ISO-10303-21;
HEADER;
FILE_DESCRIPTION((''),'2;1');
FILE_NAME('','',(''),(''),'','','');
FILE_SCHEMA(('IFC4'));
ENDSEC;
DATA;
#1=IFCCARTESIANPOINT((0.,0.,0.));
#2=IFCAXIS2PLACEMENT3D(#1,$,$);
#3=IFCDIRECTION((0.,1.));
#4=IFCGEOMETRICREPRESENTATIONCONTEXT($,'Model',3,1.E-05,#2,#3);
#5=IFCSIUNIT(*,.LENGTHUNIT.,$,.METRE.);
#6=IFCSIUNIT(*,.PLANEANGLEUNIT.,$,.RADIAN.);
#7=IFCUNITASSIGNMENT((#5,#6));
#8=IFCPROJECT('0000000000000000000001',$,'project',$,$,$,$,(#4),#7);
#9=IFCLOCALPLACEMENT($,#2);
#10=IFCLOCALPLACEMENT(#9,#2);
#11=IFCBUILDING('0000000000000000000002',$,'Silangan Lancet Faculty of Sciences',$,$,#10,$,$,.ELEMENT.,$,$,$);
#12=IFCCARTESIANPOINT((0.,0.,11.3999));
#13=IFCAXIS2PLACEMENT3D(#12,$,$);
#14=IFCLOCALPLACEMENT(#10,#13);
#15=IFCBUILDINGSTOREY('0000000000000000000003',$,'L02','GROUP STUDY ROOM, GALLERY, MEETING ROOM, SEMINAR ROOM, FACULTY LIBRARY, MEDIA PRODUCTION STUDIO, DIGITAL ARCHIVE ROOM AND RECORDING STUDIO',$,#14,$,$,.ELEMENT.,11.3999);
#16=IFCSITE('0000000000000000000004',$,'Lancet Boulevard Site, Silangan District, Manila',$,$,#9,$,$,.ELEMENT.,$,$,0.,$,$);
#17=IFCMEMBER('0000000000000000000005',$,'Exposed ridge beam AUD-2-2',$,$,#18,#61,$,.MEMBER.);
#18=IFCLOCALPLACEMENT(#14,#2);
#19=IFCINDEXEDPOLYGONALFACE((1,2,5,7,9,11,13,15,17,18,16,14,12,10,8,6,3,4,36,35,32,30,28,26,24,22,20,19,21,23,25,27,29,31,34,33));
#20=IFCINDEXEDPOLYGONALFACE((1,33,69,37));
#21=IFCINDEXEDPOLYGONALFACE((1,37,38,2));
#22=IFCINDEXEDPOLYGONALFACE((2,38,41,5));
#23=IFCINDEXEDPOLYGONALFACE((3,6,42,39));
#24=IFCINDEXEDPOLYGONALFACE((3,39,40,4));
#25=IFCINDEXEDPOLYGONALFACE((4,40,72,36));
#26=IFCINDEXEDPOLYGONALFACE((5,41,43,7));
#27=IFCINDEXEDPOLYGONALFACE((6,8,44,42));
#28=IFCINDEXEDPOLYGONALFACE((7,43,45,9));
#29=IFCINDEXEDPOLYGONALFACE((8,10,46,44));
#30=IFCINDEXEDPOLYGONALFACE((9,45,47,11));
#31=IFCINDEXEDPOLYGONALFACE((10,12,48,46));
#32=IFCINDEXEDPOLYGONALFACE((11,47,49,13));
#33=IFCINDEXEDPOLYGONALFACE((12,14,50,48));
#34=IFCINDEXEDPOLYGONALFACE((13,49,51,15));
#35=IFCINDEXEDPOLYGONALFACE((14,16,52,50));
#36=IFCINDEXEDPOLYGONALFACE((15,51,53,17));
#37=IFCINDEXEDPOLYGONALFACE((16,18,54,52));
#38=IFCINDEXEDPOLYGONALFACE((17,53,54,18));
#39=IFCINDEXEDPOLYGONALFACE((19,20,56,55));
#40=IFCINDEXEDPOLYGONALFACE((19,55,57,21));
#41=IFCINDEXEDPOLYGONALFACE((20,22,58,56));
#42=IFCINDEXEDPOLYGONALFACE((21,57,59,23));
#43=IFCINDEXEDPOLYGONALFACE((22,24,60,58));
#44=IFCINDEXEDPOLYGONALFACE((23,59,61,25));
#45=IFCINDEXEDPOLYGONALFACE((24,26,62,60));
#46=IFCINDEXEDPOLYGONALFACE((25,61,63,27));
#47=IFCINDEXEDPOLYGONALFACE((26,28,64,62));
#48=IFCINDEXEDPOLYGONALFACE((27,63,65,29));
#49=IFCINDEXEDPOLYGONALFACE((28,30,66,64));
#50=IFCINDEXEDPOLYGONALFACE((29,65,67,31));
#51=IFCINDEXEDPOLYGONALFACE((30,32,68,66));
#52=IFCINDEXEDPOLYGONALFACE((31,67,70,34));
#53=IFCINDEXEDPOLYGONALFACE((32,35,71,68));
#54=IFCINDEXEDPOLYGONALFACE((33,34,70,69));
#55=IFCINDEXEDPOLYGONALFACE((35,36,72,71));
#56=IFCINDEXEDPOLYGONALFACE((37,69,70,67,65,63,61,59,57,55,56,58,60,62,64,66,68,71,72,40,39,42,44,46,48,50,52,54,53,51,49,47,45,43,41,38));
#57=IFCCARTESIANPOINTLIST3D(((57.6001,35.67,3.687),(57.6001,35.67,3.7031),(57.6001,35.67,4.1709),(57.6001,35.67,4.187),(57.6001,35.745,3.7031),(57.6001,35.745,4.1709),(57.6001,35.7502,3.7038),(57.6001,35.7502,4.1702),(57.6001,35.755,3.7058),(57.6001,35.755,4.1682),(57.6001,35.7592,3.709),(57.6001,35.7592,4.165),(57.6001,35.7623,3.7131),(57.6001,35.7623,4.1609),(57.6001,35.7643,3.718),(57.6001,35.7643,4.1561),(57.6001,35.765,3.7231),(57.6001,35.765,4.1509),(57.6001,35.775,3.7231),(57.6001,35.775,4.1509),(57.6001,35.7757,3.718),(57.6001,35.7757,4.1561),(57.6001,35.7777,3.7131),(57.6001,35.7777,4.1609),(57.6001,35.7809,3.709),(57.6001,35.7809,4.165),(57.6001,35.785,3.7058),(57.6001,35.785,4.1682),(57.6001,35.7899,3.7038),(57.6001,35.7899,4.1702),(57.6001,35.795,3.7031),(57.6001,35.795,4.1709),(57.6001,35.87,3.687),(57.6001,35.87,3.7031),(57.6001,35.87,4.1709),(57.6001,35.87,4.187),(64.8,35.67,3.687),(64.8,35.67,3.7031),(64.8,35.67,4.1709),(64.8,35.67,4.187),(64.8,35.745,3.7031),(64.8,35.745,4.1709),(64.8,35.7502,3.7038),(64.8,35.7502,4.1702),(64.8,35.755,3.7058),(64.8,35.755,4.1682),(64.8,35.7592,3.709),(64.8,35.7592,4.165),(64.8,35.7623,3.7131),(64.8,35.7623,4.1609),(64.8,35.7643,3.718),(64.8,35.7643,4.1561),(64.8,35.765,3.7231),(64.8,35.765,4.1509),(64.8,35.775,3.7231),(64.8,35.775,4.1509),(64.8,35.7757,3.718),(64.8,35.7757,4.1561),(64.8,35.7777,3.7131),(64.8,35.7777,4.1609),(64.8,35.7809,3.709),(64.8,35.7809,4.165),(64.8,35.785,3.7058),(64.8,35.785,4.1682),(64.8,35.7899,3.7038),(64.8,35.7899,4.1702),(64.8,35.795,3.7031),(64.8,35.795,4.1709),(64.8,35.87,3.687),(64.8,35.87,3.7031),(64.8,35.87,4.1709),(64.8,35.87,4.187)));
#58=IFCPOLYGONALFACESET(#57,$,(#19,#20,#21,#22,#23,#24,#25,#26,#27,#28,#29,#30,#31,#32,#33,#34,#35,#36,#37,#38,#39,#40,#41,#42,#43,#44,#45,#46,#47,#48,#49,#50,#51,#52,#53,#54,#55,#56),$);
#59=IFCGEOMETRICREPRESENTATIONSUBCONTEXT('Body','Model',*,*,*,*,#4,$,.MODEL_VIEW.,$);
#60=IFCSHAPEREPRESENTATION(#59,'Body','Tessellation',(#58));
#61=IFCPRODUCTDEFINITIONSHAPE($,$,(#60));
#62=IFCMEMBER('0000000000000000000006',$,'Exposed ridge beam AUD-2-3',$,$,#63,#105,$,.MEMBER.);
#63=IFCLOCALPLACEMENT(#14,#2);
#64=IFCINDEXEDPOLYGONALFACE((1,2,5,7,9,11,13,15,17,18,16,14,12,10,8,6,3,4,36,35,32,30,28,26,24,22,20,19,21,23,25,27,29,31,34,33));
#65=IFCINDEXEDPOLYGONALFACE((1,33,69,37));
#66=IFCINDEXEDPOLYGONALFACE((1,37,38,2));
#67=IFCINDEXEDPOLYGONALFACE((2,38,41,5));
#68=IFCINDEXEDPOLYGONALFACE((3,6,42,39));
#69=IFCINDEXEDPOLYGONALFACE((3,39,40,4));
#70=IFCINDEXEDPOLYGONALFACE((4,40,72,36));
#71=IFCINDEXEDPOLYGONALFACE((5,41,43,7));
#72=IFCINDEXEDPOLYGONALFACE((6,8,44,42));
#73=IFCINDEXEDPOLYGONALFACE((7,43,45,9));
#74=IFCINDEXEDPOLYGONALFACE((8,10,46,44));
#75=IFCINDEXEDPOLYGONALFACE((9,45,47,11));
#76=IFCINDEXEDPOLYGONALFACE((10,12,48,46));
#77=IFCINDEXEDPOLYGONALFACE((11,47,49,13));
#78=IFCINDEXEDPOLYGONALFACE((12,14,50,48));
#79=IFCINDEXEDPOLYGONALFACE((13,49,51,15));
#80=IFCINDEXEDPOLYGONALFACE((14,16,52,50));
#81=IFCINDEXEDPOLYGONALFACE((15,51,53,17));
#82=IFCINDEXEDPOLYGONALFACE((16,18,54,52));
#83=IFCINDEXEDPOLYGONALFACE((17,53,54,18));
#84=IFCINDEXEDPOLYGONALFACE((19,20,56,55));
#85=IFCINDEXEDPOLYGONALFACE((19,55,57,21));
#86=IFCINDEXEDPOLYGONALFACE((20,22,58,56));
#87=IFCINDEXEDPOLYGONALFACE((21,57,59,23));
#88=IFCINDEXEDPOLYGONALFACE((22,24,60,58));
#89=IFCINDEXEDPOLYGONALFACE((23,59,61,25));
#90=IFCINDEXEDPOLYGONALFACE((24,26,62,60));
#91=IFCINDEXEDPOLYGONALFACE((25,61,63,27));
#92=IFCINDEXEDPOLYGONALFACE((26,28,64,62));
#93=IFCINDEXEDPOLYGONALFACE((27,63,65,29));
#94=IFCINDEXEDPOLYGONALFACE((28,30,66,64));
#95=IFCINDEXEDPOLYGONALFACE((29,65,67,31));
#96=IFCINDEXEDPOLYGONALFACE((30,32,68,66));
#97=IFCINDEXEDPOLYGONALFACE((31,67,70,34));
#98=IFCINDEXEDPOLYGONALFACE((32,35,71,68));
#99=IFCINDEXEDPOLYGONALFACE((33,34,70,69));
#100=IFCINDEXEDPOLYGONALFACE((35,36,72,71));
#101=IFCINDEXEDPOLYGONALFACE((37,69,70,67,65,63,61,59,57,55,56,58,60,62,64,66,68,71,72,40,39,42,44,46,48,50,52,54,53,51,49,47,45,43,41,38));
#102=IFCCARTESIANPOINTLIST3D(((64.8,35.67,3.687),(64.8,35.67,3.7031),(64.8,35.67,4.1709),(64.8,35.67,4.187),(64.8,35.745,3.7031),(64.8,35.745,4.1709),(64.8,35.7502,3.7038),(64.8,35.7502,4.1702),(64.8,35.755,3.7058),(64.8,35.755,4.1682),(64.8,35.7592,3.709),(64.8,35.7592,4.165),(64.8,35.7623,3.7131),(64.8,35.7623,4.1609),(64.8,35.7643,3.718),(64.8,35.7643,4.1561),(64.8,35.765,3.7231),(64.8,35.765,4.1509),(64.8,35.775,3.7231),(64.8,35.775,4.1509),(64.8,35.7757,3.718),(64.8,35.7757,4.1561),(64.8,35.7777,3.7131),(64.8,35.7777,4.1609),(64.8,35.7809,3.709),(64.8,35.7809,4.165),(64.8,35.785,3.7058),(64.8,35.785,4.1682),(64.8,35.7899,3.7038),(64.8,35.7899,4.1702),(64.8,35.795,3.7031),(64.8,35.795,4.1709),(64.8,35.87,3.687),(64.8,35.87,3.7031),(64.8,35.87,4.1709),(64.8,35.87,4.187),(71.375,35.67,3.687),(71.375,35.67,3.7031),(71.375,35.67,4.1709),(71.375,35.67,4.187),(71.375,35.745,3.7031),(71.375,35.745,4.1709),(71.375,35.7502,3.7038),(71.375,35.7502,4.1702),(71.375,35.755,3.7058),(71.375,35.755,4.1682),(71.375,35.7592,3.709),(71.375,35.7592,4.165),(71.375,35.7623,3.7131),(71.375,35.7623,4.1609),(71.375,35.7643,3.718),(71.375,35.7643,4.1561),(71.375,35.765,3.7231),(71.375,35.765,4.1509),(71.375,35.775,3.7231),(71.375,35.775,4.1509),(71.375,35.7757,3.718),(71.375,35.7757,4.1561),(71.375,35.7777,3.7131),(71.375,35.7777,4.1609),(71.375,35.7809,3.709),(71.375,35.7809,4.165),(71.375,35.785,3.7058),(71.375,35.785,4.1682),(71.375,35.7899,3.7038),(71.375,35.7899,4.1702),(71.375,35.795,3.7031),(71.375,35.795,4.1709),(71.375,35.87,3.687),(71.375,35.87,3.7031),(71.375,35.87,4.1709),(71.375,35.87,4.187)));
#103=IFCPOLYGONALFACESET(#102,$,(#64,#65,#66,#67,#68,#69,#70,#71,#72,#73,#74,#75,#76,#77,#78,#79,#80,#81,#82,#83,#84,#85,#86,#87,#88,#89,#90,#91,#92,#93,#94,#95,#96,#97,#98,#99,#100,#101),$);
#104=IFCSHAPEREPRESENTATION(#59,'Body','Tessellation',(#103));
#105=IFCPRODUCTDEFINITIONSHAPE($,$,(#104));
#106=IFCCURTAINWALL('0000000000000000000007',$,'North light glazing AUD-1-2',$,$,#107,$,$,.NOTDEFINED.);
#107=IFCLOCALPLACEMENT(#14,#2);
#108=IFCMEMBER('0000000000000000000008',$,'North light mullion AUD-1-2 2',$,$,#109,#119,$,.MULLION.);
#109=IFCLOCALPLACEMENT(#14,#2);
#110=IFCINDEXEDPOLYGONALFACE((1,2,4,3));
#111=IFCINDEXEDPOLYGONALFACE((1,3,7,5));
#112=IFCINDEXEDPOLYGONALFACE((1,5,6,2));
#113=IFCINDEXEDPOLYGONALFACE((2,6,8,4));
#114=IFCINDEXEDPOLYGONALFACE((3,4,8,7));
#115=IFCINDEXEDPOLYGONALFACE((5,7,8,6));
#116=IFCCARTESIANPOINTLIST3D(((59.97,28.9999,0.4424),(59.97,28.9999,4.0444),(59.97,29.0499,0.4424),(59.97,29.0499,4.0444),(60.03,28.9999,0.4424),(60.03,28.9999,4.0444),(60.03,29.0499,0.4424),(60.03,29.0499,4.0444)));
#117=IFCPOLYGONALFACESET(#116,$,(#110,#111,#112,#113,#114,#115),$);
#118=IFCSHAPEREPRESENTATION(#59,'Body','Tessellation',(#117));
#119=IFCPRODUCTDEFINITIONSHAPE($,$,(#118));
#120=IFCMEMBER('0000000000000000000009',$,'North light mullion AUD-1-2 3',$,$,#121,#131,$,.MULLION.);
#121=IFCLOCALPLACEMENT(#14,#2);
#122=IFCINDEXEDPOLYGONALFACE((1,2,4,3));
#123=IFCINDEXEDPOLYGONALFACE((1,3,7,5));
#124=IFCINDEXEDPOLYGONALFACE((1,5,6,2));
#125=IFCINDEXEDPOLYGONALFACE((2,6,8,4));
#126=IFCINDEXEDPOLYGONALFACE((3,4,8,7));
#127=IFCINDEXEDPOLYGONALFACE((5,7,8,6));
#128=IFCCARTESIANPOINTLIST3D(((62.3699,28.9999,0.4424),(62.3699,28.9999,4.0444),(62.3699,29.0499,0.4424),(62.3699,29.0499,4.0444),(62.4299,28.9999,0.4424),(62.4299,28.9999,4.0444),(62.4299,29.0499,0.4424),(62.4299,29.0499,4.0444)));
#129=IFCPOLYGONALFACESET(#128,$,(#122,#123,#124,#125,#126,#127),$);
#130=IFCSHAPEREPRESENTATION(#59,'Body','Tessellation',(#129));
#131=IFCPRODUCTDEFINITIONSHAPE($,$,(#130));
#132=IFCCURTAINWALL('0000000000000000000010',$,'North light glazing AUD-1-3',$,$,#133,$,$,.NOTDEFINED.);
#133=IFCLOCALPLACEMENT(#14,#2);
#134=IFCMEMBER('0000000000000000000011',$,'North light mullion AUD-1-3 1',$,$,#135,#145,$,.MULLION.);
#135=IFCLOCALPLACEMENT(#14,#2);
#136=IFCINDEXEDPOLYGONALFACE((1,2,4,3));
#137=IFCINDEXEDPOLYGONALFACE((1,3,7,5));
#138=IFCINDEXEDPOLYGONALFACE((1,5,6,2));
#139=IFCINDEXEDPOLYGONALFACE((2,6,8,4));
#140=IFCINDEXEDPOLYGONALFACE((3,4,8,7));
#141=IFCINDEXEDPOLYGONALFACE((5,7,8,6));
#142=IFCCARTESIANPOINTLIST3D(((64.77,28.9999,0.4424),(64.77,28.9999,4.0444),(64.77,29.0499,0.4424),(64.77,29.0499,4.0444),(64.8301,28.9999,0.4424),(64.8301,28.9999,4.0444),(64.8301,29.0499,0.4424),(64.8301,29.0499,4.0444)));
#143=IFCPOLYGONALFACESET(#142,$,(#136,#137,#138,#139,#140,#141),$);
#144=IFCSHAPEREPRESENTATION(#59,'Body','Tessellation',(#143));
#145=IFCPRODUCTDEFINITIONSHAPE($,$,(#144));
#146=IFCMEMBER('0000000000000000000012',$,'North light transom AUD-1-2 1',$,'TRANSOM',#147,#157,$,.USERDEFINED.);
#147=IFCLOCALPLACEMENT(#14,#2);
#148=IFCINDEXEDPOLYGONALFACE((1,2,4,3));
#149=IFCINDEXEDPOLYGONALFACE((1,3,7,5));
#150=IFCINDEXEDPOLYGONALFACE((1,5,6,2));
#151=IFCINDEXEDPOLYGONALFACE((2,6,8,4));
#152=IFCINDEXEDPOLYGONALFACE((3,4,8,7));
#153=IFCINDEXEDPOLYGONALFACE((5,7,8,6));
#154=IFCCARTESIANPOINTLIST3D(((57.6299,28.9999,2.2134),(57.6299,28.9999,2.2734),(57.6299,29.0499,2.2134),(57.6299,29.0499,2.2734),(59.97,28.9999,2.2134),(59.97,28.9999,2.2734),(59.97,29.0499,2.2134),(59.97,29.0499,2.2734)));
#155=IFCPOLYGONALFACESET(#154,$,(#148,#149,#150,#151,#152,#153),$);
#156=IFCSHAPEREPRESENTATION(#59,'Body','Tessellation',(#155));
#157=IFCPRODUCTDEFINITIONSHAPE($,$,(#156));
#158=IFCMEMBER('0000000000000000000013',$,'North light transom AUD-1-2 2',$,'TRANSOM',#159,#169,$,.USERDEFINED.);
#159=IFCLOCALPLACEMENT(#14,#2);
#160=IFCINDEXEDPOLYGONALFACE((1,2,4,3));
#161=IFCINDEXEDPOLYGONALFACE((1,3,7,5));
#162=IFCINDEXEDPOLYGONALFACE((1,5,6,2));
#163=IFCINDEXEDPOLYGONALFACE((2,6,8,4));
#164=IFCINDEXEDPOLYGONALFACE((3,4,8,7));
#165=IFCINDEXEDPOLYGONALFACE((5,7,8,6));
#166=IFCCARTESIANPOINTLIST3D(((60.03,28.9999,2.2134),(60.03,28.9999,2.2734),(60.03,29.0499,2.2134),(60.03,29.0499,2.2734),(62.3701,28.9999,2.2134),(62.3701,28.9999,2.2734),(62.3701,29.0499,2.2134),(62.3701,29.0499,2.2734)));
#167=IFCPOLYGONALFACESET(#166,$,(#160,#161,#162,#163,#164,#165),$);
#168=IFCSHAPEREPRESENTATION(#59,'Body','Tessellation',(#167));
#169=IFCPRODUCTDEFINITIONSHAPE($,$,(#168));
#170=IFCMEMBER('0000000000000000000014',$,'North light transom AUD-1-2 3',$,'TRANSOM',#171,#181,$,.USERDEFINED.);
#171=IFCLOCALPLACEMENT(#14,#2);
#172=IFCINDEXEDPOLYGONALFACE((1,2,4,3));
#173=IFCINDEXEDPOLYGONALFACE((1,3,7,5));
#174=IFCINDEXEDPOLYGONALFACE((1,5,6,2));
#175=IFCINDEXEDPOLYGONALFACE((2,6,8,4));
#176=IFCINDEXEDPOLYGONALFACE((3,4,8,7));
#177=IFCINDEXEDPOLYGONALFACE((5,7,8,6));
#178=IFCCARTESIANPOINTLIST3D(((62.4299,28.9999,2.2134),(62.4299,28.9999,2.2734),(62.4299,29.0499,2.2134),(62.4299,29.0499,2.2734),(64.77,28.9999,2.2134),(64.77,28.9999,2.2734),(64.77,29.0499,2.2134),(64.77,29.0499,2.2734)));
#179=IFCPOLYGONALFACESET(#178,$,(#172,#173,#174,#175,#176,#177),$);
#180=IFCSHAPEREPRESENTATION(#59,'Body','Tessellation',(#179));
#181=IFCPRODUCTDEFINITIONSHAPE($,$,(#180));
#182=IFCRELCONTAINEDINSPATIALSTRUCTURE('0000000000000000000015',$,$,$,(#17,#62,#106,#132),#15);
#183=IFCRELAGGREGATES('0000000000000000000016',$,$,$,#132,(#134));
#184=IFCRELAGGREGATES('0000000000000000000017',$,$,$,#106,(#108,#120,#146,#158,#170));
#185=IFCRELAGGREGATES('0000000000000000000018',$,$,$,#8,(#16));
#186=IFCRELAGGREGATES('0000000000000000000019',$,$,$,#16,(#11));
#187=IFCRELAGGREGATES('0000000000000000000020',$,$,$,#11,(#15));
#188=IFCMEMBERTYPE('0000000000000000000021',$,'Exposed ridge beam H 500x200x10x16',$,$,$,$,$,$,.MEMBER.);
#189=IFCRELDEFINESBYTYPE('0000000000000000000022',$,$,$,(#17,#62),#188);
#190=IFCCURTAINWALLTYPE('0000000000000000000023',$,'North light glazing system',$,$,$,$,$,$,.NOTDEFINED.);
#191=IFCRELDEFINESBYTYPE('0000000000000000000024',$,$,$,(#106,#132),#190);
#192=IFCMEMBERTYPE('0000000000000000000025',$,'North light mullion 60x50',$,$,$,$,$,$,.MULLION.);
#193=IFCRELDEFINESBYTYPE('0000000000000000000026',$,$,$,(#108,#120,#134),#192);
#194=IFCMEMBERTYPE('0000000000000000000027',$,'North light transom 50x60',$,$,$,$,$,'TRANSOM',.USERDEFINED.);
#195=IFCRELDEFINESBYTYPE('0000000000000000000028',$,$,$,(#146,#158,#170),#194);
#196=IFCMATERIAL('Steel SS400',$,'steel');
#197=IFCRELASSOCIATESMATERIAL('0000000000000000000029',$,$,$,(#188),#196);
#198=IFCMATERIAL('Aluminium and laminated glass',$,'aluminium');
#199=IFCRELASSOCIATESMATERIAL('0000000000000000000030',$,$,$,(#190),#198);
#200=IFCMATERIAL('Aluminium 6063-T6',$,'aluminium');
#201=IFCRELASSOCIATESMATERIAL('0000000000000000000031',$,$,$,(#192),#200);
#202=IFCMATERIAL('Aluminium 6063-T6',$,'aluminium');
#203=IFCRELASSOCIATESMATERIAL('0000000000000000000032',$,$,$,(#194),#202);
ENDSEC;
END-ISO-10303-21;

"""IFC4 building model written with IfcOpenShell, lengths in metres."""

from ifc_helpers import new_model, si_unit, direction, frame, origin, origin_2d, place, context, subcontext, project, spatial, rectangle, i_section, extrude, material, material_profile, profile_set, type_object, element, aggregate, save


model = new_model("IFC4")

# Units and contexts
model_context = context("Model", 3, precision=1e-05, world=origin(), true_north=direction((0.0, 1.0)))
body_context = subcontext(model_context, "Body", "Model", "MODEL_VIEW")
ifc_project = project(units=[si_unit("LENGTHUNIT", "METRE"), si_unit("PLANEANGLEUNIT", "RADIAN")], contexts=[model_context])

# Site, building, storey
site_placement = place(None, origin())
site = spatial("IfcSite", under=ifc_project, at=site_placement, Name="Lancet Boulevard Site, Silangan District, Manila", CompositionType="ELEMENT", RefElevation=0.0)
building_placement = place(site_placement, origin())
building = spatial("IfcBuilding", under=site, at=building_placement, Name="Silangan Lancet Faculty of Sciences", CompositionType="ELEMENT")
storey_placement = place(building_placement, frame((0.0, 0.0, 11.3999)))
storey = spatial("IfcBuildingStorey", under=building, at=storey_placement, Name="L02", Description="GROUP STUDY ROOM, GALLERY, MEETING ROOM, SEMINAR ROOM, FACULTY LIBRARY, MEDIA PRODUCTION STUDIO, DIGITAL ARCHIVE ROOM AND RECORDING STUDIO", CompositionType="ELEMENT", Elevation=11.3999)

# Members
ifc_material_1 = material(Name="Steel SS400", Category="steel")
ifc_material_profile_1 = material_profile(ifc_material_1, i_section(OverallWidth=0.2, OverallDepth=0.5, WebThickness=0.01, FlangeThickness=0.0161, FilletRadius=0.02, at=origin_2d()), Name="H 500x200x10x16")
ifc_profile_set_1 = profile_set([ifc_material_profile_1], Name="Steel SS400")
member_type_1 = type_object("IfcMemberType", Name="Exposed ridge beam H 500x200x10x16", PredefinedType="MEMBER", material=ifc_profile_set_1)
member_1_placement = place(storey_placement, frame((57.6001, 35.77, 3.937), z_axis=(1.0, 0.0, 0.0), x_axis=(0.0, 1.0, 0.0)))
element("IfcMember", 1, at=member_1_placement, inside=storey, type_object=member_type_1, Name="Exposed ridge beam AUD-2-2", PredefinedType="MEMBER", context=body_context, shape_type="SweptSolid", body=[
    extrude(i_section(OverallWidth=0.2, OverallDepth=0.5, WebThickness=0.01, FlangeThickness=0.0161, FilletRadius=0.02, at=origin_2d()), origin(), (0.0, 0.0, 1.0), 7.2),
])
member_2_placement = place(storey_placement, frame((64.8, 35.77, 3.937), z_axis=(1.0, 0.0, 0.0), x_axis=(0.0, 1.0, 0.0)))
element("IfcMember", 2, at=member_2_placement, inside=storey, type_object=member_type_1, Name="Exposed ridge beam AUD-2-3", PredefinedType="MEMBER", context=body_context, shape_type="SweptSolid", body=[
    extrude(i_section(OverallWidth=0.2, OverallDepth=0.5, WebThickness=0.01, FlangeThickness=0.0161, FilletRadius=0.02, at=origin_2d()), origin(), (0.0, 0.0, 1.0), 6.575),
])

# Curtain wall, members
ifc_material_2 = material(Name="Aluminium and laminated glass", Category="aluminium")
curtain_wall_type = type_object("IfcCurtainWallType", Name="North light glazing system", PredefinedType="NOTDEFINED", material=ifc_material_2)
curtain_wall_1_placement = place(storey_placement, origin())
curtain_wall_1 = element("IfcCurtainWall", 3, at=curtain_wall_1_placement, inside=storey, type_object=curtain_wall_type, Name="North light glazing AUD-1-2", PredefinedType="NOTDEFINED")
ifc_material_3 = material(Name="Aluminium 6063-T6", Category="aluminium")
ifc_material_profile_2 = material_profile(ifc_material_3, rectangle(XDim=0.0601, YDim=0.05, at=origin_2d()), Name="AL 60x50")
ifc_profile_set_2 = profile_set([ifc_material_profile_2], Name="Aluminium 6063-T6")
member_type_2 = type_object("IfcMemberType", Name="North light mullion 60x50", PredefinedType="MULLION", material=ifc_profile_set_2)
member_3_placement = place(storey_placement, frame((60.0, 29.0249, 0.4424), z_axis=(0.0, 0.0, 1.0), x_axis=(1.0, 0.0, 0.0)))
member_3 = element("IfcMember", 4, at=member_3_placement, type_object=member_type_2, Name="North light mullion AUD-1-2 2", PredefinedType="MULLION", context=body_context, shape_type="SweptSolid", body=[
    extrude(rectangle(XDim=0.0601, YDim=0.05, at=origin_2d()), origin(), (0.0, 0.0, 1.0), 3.6021),
])
member_4_placement = place(storey_placement, frame((62.3999, 29.0249, 0.4424), z_axis=(0.0, 0.0, 1.0), x_axis=(1.0, 0.0, 0.0)))
member_4 = element("IfcMember", 5, at=member_4_placement, type_object=member_type_2, Name="North light mullion AUD-1-2 3", PredefinedType="MULLION", context=body_context, shape_type="SweptSolid", body=[
    extrude(rectangle(XDim=0.0601, YDim=0.05, at=origin_2d()), origin(), (0.0, 0.0, 1.0), 3.6021),
])

# Curtain wall, member
curtain_wall_2_placement = place(storey_placement, origin())
curtain_wall_2 = element("IfcCurtainWall", 6, at=curtain_wall_2_placement, inside=storey, type_object=curtain_wall_type, Name="North light glazing AUD-1-3", PredefinedType="NOTDEFINED")
member_5_placement = place(storey_placement, frame((64.8, 29.0249, 0.4424), z_axis=(0.0, 0.0, 1.0), x_axis=(1.0, 0.0, 0.0)))
member_5 = element("IfcMember", 7, at=member_5_placement, type_object=member_type_2, Name="North light mullion AUD-1-3 1", PredefinedType="MULLION", context=body_context, shape_type="SweptSolid", body=[
    extrude(rectangle(XDim=0.0601, YDim=0.05, at=origin_2d()), origin(), (0.0, 0.0, 1.0), 3.6021),
])
aggregate(curtain_wall_2, [member_5])

# Members
ifc_material_4 = material(Name="Aluminium 6063-T6", Category="aluminium")
ifc_material_profile_3 = material_profile(ifc_material_4, rectangle(XDim=0.05, YDim=0.0601, at=origin_2d()), Name="AL 50x60")
ifc_profile_set_3 = profile_set([ifc_material_profile_3], Name="Aluminium 6063-T6")
member_type_3 = type_object("IfcMemberType", Name="North light transom 50x60", ElementType="TRANSOM", PredefinedType="USERDEFINED", material=ifc_profile_set_3)
member_6_placement = place(storey_placement, frame((57.6299, 29.0249, 2.2434), z_axis=(1.0, 0.0, 0.0), x_axis=(0.0, 1.0, 0.0)))
member_6 = element("IfcMember", 8, at=member_6_placement, type_object=member_type_3, Name="North light transom AUD-1-2 1", ObjectType="TRANSOM", PredefinedType="USERDEFINED", context=body_context, shape_type="SweptSolid", body=[
    extrude(rectangle(XDim=0.05, YDim=0.0601, at=origin_2d()), origin(), (0.0, 0.0, 1.0), 2.3401),
])
member_7_placement = place(storey_placement, frame((60.03, 29.0249, 2.2434), z_axis=(1.0, 0.0, 0.0), x_axis=(0.0, 1.0, 0.0)))
member_7 = element("IfcMember", 9, at=member_7_placement, type_object=member_type_3, Name="North light transom AUD-1-2 2", ObjectType="TRANSOM", PredefinedType="USERDEFINED", context=body_context, shape_type="SweptSolid", body=[
    extrude(rectangle(XDim=0.05, YDim=0.0601, at=origin_2d()), origin(), (0.0, 0.0, 1.0), 2.3401),
])
member_8_placement = place(storey_placement, frame((62.4299, 29.0249, 2.2434), z_axis=(1.0, 0.0, 0.0), x_axis=(0.0, 1.0, 0.0)))
member_8 = element("IfcMember", 10, at=member_8_placement, type_object=member_type_3, Name="North light transom AUD-1-2 3", ObjectType="TRANSOM", PredefinedType="USERDEFINED", context=body_context, shape_type="SweptSolid", body=[
    extrude(rectangle(XDim=0.05, YDim=0.0601, at=origin_2d()), origin(), (0.0, 0.0, 1.0), 2.3401),
])
aggregate(curtain_wall_1, [member_3, member_4, member_6, member_7, member_8])

save(model, "model.ifc")
